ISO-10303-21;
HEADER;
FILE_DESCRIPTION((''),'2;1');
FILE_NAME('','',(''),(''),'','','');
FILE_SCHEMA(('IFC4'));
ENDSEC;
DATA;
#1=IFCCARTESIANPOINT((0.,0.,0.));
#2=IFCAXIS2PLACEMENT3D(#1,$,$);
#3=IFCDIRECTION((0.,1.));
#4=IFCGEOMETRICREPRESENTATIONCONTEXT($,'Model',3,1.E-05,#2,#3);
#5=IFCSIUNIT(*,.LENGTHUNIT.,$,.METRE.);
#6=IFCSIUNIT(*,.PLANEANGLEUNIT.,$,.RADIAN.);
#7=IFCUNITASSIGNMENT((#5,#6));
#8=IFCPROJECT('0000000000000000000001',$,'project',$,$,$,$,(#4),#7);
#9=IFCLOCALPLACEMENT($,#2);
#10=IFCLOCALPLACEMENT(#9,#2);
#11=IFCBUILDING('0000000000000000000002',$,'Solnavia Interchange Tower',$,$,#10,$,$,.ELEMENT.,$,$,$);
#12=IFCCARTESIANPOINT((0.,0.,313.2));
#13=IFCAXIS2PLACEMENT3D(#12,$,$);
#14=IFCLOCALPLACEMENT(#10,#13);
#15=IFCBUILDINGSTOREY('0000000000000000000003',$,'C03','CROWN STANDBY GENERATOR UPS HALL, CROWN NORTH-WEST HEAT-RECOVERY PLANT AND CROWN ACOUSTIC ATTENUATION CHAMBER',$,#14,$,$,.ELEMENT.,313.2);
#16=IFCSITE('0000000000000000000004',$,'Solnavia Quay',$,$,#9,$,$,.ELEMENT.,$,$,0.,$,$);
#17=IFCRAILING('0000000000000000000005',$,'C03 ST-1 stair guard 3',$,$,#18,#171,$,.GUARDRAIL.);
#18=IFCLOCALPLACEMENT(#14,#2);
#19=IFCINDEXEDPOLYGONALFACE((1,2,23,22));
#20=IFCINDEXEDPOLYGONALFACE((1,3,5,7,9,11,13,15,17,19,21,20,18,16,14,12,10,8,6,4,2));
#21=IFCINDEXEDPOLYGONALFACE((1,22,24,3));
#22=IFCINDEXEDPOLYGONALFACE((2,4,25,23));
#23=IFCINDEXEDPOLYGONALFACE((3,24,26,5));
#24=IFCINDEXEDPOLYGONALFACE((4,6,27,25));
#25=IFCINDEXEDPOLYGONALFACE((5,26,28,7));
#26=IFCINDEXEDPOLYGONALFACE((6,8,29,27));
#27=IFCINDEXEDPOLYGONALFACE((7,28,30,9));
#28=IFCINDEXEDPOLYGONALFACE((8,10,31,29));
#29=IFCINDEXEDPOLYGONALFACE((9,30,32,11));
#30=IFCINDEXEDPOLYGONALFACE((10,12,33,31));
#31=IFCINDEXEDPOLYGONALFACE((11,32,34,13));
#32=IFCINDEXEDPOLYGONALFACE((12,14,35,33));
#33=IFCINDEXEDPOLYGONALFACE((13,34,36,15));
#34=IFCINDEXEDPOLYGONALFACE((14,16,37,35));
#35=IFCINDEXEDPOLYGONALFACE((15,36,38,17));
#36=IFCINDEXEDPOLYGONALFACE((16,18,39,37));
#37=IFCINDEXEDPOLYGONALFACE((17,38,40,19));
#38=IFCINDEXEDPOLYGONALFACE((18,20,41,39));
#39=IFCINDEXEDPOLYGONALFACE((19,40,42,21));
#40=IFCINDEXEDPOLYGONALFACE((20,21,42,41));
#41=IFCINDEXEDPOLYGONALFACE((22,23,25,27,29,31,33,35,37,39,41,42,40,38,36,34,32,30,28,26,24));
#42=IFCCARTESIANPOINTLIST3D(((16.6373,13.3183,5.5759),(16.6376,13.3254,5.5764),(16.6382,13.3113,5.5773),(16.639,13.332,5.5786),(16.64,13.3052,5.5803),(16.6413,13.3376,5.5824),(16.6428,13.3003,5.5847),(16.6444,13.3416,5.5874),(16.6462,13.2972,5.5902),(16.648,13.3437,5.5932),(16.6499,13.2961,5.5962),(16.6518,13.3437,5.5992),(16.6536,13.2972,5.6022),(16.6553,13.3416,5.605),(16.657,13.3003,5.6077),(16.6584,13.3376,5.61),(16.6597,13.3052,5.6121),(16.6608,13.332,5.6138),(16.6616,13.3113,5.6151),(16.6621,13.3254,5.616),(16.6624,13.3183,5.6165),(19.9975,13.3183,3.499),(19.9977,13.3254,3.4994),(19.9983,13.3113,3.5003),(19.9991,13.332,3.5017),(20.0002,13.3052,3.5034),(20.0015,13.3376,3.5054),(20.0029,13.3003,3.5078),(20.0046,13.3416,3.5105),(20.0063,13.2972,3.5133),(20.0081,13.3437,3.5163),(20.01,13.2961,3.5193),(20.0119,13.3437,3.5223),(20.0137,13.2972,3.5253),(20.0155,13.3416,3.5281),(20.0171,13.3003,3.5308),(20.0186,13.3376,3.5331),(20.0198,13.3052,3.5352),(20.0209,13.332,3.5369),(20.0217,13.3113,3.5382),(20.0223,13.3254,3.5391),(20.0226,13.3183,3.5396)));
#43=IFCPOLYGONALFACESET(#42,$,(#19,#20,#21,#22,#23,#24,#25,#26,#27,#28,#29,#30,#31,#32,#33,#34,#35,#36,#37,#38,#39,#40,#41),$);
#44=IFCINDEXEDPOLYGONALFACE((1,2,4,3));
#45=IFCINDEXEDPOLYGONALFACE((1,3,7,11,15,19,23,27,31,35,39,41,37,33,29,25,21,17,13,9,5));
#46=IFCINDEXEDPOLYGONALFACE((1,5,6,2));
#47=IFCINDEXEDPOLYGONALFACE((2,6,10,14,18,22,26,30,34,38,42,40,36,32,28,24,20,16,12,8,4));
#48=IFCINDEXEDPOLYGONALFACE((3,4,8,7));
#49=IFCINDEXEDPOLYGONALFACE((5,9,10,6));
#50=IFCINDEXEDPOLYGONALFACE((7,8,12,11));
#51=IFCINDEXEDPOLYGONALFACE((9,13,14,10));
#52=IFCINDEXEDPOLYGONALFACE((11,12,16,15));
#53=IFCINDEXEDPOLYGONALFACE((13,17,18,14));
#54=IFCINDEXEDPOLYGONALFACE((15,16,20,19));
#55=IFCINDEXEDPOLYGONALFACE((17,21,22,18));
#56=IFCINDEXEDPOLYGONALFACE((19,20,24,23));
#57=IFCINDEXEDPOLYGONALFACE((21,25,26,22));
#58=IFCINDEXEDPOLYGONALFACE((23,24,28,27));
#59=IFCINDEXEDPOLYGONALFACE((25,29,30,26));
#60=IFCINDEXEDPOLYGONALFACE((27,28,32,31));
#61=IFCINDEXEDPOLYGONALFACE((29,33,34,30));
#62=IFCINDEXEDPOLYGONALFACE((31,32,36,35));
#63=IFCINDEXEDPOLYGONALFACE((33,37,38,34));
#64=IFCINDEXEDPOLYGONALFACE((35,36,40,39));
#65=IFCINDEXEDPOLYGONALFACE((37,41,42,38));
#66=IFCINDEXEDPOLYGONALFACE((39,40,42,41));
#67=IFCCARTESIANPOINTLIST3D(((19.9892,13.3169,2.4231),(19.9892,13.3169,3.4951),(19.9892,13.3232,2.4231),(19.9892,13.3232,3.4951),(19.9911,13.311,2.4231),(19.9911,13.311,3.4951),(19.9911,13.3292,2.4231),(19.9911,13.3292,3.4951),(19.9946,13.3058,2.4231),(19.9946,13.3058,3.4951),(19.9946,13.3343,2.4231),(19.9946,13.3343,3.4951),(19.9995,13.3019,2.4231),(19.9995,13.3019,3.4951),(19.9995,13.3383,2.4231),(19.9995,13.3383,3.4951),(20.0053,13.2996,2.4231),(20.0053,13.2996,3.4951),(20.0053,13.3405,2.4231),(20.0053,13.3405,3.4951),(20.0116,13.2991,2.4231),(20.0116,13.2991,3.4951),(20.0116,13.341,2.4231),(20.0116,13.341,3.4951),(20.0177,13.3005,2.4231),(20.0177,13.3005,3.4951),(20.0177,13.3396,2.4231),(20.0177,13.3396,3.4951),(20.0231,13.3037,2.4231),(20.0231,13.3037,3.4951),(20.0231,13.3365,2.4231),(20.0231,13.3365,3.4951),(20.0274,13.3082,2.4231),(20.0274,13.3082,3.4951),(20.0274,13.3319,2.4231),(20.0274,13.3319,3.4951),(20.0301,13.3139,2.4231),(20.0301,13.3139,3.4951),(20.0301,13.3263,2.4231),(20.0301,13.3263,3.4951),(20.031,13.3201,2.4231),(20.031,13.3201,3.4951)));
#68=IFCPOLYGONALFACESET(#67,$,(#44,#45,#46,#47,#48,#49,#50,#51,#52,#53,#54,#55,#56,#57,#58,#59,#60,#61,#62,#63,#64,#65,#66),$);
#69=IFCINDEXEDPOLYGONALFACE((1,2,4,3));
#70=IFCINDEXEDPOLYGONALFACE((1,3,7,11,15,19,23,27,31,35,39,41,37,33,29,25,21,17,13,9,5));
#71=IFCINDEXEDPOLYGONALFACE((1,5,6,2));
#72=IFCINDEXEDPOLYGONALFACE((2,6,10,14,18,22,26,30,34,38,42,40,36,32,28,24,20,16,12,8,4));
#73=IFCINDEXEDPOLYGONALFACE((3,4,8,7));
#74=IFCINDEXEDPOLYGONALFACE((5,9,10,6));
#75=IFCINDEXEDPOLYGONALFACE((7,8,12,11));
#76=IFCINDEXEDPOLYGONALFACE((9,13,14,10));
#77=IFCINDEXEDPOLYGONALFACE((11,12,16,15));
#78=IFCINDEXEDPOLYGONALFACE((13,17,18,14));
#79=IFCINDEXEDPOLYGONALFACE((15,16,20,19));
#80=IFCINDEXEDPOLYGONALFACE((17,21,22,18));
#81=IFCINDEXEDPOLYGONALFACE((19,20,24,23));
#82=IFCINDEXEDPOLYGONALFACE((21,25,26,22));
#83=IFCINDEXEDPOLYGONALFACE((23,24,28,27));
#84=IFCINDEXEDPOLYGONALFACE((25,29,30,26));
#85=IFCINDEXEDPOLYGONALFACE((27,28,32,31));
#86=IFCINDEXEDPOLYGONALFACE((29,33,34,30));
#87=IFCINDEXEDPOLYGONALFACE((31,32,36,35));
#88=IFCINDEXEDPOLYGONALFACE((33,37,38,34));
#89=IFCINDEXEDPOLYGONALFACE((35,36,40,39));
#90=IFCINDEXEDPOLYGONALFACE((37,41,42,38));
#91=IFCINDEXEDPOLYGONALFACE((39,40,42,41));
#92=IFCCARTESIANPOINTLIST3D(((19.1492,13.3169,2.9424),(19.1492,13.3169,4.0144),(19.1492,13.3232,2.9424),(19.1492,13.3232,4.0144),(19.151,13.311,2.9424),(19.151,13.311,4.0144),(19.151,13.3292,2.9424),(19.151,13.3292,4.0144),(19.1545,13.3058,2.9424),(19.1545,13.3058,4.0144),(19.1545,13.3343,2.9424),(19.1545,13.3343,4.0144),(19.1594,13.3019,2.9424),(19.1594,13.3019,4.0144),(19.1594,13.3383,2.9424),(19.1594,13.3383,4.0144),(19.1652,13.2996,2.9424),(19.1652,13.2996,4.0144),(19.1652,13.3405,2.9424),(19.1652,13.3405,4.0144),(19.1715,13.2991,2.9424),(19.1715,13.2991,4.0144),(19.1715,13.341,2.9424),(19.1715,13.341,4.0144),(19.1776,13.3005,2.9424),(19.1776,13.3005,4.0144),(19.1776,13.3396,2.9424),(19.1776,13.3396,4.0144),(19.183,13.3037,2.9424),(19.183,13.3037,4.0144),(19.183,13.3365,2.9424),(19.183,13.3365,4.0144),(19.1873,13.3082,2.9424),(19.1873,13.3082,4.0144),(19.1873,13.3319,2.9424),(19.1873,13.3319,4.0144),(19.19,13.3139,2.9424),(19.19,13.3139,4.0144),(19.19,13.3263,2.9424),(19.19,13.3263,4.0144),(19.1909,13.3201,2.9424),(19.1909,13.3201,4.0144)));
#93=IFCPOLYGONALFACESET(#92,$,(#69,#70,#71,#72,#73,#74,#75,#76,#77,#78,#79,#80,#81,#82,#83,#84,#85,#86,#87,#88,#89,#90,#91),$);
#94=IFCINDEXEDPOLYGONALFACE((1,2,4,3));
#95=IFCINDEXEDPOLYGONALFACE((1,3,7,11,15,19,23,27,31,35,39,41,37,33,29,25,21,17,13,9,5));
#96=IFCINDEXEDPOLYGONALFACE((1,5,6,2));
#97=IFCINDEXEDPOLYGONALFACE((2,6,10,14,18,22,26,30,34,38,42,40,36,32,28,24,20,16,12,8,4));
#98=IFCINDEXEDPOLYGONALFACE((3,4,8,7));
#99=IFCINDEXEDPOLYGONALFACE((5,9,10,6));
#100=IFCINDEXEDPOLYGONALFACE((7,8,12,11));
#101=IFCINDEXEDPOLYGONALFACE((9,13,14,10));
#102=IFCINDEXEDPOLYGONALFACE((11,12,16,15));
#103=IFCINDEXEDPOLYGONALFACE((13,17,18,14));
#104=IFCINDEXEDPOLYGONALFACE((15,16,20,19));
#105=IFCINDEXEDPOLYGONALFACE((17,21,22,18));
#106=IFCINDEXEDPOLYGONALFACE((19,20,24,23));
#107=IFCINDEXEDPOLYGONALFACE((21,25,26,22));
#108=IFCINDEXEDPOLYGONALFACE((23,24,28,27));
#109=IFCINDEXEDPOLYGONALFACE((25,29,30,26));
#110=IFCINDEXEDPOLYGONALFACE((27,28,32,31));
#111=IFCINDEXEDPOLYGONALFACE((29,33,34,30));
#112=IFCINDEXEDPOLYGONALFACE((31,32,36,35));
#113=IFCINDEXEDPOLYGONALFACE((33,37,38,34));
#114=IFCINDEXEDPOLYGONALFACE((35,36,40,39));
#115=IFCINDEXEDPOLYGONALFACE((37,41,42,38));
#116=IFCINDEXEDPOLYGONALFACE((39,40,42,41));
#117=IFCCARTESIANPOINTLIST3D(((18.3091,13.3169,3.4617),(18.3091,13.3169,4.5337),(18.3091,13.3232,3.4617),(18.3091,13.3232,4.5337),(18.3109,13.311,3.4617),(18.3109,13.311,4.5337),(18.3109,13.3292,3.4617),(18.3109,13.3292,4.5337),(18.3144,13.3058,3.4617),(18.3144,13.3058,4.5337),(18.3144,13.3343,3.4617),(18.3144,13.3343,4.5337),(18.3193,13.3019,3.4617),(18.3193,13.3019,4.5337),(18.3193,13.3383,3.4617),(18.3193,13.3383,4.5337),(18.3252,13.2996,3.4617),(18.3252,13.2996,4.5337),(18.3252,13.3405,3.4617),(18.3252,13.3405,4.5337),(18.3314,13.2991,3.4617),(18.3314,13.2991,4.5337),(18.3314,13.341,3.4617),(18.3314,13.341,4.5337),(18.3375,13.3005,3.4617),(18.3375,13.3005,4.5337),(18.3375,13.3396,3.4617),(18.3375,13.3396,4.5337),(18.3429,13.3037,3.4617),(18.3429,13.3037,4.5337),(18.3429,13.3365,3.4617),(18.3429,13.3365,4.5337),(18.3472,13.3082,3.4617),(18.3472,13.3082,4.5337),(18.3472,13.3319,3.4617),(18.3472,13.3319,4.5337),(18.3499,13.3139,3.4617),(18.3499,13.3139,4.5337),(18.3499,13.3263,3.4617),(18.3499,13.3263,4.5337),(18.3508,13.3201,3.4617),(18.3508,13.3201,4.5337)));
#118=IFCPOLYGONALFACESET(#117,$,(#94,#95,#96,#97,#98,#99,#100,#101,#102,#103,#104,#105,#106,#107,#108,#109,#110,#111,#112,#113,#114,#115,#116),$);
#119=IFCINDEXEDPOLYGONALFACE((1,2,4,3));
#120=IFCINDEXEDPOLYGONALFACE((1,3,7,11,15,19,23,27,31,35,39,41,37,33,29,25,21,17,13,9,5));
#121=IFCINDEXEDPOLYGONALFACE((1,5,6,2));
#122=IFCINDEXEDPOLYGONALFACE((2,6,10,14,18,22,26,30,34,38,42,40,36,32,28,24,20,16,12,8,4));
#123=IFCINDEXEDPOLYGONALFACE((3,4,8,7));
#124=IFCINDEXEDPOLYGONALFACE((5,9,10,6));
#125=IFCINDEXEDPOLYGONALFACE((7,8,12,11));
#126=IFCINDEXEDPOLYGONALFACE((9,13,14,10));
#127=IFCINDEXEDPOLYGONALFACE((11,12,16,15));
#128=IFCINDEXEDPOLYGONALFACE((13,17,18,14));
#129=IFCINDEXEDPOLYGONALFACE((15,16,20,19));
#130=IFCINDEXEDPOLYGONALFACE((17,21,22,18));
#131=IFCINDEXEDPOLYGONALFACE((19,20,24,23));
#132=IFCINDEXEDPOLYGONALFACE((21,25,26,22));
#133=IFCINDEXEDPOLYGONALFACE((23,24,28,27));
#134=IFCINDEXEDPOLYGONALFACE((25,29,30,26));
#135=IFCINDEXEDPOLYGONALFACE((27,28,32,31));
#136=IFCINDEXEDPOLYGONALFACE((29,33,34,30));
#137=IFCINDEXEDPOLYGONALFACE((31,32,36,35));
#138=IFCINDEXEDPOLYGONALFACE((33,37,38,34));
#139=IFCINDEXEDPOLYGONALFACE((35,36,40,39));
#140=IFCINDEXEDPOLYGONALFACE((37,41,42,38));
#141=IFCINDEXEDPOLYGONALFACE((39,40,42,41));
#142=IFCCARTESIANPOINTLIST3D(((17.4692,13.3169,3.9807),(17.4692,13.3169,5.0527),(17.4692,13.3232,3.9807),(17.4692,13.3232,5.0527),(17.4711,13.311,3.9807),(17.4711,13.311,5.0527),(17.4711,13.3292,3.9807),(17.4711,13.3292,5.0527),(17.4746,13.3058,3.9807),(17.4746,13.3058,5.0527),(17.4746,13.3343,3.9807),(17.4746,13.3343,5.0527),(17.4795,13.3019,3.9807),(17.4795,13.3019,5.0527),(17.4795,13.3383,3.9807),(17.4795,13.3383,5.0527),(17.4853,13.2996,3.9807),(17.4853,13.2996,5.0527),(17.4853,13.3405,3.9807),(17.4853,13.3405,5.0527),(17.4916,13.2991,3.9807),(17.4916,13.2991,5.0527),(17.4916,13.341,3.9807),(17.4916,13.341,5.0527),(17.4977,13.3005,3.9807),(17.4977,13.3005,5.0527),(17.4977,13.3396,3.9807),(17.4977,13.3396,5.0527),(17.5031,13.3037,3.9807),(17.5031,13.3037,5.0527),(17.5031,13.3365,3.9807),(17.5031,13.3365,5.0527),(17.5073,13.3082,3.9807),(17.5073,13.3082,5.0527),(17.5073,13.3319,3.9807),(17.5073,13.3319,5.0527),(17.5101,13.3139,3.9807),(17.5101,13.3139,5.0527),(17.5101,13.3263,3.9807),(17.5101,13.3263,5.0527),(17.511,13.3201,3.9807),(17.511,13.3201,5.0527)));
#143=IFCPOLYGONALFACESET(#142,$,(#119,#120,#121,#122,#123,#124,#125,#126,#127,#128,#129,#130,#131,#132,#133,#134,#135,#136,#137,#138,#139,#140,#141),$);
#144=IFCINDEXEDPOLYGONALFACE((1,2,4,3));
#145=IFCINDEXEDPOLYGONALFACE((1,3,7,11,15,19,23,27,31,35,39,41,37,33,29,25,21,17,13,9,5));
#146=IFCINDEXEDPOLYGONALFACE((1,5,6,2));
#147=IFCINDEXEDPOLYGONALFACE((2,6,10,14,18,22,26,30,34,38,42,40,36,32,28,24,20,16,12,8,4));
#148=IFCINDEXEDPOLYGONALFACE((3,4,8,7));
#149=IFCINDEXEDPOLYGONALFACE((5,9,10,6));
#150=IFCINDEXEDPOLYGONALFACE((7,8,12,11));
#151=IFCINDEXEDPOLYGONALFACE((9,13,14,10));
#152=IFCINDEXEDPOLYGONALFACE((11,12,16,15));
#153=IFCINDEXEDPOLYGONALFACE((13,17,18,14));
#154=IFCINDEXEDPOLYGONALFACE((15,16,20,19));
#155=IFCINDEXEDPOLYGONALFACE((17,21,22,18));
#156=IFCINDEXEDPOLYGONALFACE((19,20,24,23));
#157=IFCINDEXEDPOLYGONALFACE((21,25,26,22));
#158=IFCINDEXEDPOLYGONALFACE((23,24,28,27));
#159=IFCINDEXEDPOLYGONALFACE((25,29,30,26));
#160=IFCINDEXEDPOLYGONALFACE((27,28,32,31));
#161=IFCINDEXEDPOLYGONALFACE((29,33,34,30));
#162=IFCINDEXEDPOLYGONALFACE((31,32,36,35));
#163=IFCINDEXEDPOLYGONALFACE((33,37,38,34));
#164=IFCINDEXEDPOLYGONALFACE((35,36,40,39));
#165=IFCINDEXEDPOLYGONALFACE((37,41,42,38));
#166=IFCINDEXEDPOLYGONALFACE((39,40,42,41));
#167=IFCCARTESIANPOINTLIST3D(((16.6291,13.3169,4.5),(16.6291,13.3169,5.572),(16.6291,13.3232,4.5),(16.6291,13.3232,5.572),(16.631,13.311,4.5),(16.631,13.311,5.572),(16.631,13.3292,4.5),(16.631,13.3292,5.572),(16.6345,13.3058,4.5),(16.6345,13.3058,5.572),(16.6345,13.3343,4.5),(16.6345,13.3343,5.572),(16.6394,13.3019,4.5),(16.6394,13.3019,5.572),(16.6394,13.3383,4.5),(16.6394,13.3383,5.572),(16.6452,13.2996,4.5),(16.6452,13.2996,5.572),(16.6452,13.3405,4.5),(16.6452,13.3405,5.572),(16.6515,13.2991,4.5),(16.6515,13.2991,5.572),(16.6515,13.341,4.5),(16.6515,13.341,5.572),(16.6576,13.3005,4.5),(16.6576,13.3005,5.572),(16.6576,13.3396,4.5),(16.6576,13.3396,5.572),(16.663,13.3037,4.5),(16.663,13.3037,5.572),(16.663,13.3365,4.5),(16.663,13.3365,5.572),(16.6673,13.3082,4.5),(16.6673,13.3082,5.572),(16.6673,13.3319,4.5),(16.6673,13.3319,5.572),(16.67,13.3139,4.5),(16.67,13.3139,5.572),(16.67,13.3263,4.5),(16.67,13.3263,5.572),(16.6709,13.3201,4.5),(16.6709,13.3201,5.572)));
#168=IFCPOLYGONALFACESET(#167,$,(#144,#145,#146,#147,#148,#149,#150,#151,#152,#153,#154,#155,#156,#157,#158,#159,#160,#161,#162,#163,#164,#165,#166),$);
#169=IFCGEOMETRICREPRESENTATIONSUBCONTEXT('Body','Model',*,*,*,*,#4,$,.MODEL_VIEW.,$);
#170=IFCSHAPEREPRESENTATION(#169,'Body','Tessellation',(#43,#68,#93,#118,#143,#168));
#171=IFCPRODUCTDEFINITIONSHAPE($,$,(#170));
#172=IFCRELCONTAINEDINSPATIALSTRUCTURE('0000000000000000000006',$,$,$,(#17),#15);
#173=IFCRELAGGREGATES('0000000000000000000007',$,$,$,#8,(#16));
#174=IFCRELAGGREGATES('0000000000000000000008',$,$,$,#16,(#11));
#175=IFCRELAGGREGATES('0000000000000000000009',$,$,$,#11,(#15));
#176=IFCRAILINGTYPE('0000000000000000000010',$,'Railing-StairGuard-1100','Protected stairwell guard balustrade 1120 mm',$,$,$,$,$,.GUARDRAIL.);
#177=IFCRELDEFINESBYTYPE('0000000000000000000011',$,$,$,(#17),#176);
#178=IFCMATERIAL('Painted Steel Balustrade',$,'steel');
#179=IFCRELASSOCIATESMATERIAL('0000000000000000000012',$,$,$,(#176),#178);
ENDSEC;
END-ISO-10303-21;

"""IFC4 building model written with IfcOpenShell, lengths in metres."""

from ifc_helpers import new_model, si_unit, direction, frame, origin, origin_2d, place, context, subcontext, project, spatial, circle, extrude, material, type_object, element, save


model = new_model("IFC4")

# Units and contexts
model_context = context("Model", 3, precision=1e-05, world=origin(), true_north=direction((0.0, 1.0)))
body_context = subcontext(model_context, "Body", "Model", "MODEL_VIEW")
ifc_project = project(units=[si_unit("LENGTHUNIT", "METRE"), si_unit("PLANEANGLEUNIT", "RADIAN")], contexts=[model_context])

# Site, building, storey
site_placement = place(None, origin())
site = spatial("IfcSite", under=ifc_project, at=site_placement, Name="Solnavia Quay", CompositionType="ELEMENT", RefElevation=0.0)
building_placement = place(site_placement, origin())
building = spatial("IfcBuilding", under=site, at=building_placement, Name="Solnavia Interchange Tower", CompositionType="ELEMENT")
storey_placement = place(building_placement, frame((0.0, 0.0, 313.2)))
storey = spatial("IfcBuildingStorey", under=building, at=storey_placement, Name="C03", Description="CROWN STANDBY GENERATOR UPS HALL, CROWN NORTH-WEST HEAT-RECOVERY PLANT AND CROWN ACOUSTIC ATTENUATION CHAMBER", CompositionType="ELEMENT", Elevation=313.2)

# Railing
ifc_material_1 = material(Name="Painted Steel Balustrade", Category="steel")
railing_type_1 = type_object("IfcRailingType", Name="Railing-StairGuard-1100", Description="Protected stairwell guard balustrade 1120 mm", PredefinedType="GUARDRAIL", material=ifc_material_1)
railing_1_placement = place(storey_placement, frame((20.01, 13.3201, 2.4231)))
element("IfcRailing", 1, at=railing_1_placement, inside=storey, type_object=railing_type_1, Name="C03 ST-1 stair guard 3", PredefinedType="GUARDRAIL", context=body_context, shape_type="SweptSolid", body=[
    extrude(circle(Radius=0.0239, at=origin_2d()), frame((0.0, 0.0, 1.0962), z_axis=(-0.850623, 0.0, 0.525776), x_axis=(0.0, -1.0, 0.0)), (0.0, 0.0, 1.0), 3.9502),
    extrude(circle(Radius=0.021, at=origin_2d()), origin(), (0.0, 0.0, 1.0), 1.072),
    extrude(circle(Radius=0.021, at=origin_2d()), frame((-0.8401, 0.0, 0.5193)), (0.0, 0.0, 1.0), 1.072),
    extrude(circle(Radius=0.021, at=origin_2d()), frame((-1.6802, 0.0, 1.0386)), (0.0, 0.0, 1.0), 1.072),
    extrude(circle(Radius=0.021, at=origin_2d()), frame((-2.52, 0.0, 1.5576)), (0.0, 0.0, 1.0), 1.072),
    extrude(circle(Radius=0.021, at=origin_2d()), frame((-3.3601, 0.0, 2.0769)), (0.0, 0.0, 1.0), 1.072),
])

save(model, "model.ifc")
